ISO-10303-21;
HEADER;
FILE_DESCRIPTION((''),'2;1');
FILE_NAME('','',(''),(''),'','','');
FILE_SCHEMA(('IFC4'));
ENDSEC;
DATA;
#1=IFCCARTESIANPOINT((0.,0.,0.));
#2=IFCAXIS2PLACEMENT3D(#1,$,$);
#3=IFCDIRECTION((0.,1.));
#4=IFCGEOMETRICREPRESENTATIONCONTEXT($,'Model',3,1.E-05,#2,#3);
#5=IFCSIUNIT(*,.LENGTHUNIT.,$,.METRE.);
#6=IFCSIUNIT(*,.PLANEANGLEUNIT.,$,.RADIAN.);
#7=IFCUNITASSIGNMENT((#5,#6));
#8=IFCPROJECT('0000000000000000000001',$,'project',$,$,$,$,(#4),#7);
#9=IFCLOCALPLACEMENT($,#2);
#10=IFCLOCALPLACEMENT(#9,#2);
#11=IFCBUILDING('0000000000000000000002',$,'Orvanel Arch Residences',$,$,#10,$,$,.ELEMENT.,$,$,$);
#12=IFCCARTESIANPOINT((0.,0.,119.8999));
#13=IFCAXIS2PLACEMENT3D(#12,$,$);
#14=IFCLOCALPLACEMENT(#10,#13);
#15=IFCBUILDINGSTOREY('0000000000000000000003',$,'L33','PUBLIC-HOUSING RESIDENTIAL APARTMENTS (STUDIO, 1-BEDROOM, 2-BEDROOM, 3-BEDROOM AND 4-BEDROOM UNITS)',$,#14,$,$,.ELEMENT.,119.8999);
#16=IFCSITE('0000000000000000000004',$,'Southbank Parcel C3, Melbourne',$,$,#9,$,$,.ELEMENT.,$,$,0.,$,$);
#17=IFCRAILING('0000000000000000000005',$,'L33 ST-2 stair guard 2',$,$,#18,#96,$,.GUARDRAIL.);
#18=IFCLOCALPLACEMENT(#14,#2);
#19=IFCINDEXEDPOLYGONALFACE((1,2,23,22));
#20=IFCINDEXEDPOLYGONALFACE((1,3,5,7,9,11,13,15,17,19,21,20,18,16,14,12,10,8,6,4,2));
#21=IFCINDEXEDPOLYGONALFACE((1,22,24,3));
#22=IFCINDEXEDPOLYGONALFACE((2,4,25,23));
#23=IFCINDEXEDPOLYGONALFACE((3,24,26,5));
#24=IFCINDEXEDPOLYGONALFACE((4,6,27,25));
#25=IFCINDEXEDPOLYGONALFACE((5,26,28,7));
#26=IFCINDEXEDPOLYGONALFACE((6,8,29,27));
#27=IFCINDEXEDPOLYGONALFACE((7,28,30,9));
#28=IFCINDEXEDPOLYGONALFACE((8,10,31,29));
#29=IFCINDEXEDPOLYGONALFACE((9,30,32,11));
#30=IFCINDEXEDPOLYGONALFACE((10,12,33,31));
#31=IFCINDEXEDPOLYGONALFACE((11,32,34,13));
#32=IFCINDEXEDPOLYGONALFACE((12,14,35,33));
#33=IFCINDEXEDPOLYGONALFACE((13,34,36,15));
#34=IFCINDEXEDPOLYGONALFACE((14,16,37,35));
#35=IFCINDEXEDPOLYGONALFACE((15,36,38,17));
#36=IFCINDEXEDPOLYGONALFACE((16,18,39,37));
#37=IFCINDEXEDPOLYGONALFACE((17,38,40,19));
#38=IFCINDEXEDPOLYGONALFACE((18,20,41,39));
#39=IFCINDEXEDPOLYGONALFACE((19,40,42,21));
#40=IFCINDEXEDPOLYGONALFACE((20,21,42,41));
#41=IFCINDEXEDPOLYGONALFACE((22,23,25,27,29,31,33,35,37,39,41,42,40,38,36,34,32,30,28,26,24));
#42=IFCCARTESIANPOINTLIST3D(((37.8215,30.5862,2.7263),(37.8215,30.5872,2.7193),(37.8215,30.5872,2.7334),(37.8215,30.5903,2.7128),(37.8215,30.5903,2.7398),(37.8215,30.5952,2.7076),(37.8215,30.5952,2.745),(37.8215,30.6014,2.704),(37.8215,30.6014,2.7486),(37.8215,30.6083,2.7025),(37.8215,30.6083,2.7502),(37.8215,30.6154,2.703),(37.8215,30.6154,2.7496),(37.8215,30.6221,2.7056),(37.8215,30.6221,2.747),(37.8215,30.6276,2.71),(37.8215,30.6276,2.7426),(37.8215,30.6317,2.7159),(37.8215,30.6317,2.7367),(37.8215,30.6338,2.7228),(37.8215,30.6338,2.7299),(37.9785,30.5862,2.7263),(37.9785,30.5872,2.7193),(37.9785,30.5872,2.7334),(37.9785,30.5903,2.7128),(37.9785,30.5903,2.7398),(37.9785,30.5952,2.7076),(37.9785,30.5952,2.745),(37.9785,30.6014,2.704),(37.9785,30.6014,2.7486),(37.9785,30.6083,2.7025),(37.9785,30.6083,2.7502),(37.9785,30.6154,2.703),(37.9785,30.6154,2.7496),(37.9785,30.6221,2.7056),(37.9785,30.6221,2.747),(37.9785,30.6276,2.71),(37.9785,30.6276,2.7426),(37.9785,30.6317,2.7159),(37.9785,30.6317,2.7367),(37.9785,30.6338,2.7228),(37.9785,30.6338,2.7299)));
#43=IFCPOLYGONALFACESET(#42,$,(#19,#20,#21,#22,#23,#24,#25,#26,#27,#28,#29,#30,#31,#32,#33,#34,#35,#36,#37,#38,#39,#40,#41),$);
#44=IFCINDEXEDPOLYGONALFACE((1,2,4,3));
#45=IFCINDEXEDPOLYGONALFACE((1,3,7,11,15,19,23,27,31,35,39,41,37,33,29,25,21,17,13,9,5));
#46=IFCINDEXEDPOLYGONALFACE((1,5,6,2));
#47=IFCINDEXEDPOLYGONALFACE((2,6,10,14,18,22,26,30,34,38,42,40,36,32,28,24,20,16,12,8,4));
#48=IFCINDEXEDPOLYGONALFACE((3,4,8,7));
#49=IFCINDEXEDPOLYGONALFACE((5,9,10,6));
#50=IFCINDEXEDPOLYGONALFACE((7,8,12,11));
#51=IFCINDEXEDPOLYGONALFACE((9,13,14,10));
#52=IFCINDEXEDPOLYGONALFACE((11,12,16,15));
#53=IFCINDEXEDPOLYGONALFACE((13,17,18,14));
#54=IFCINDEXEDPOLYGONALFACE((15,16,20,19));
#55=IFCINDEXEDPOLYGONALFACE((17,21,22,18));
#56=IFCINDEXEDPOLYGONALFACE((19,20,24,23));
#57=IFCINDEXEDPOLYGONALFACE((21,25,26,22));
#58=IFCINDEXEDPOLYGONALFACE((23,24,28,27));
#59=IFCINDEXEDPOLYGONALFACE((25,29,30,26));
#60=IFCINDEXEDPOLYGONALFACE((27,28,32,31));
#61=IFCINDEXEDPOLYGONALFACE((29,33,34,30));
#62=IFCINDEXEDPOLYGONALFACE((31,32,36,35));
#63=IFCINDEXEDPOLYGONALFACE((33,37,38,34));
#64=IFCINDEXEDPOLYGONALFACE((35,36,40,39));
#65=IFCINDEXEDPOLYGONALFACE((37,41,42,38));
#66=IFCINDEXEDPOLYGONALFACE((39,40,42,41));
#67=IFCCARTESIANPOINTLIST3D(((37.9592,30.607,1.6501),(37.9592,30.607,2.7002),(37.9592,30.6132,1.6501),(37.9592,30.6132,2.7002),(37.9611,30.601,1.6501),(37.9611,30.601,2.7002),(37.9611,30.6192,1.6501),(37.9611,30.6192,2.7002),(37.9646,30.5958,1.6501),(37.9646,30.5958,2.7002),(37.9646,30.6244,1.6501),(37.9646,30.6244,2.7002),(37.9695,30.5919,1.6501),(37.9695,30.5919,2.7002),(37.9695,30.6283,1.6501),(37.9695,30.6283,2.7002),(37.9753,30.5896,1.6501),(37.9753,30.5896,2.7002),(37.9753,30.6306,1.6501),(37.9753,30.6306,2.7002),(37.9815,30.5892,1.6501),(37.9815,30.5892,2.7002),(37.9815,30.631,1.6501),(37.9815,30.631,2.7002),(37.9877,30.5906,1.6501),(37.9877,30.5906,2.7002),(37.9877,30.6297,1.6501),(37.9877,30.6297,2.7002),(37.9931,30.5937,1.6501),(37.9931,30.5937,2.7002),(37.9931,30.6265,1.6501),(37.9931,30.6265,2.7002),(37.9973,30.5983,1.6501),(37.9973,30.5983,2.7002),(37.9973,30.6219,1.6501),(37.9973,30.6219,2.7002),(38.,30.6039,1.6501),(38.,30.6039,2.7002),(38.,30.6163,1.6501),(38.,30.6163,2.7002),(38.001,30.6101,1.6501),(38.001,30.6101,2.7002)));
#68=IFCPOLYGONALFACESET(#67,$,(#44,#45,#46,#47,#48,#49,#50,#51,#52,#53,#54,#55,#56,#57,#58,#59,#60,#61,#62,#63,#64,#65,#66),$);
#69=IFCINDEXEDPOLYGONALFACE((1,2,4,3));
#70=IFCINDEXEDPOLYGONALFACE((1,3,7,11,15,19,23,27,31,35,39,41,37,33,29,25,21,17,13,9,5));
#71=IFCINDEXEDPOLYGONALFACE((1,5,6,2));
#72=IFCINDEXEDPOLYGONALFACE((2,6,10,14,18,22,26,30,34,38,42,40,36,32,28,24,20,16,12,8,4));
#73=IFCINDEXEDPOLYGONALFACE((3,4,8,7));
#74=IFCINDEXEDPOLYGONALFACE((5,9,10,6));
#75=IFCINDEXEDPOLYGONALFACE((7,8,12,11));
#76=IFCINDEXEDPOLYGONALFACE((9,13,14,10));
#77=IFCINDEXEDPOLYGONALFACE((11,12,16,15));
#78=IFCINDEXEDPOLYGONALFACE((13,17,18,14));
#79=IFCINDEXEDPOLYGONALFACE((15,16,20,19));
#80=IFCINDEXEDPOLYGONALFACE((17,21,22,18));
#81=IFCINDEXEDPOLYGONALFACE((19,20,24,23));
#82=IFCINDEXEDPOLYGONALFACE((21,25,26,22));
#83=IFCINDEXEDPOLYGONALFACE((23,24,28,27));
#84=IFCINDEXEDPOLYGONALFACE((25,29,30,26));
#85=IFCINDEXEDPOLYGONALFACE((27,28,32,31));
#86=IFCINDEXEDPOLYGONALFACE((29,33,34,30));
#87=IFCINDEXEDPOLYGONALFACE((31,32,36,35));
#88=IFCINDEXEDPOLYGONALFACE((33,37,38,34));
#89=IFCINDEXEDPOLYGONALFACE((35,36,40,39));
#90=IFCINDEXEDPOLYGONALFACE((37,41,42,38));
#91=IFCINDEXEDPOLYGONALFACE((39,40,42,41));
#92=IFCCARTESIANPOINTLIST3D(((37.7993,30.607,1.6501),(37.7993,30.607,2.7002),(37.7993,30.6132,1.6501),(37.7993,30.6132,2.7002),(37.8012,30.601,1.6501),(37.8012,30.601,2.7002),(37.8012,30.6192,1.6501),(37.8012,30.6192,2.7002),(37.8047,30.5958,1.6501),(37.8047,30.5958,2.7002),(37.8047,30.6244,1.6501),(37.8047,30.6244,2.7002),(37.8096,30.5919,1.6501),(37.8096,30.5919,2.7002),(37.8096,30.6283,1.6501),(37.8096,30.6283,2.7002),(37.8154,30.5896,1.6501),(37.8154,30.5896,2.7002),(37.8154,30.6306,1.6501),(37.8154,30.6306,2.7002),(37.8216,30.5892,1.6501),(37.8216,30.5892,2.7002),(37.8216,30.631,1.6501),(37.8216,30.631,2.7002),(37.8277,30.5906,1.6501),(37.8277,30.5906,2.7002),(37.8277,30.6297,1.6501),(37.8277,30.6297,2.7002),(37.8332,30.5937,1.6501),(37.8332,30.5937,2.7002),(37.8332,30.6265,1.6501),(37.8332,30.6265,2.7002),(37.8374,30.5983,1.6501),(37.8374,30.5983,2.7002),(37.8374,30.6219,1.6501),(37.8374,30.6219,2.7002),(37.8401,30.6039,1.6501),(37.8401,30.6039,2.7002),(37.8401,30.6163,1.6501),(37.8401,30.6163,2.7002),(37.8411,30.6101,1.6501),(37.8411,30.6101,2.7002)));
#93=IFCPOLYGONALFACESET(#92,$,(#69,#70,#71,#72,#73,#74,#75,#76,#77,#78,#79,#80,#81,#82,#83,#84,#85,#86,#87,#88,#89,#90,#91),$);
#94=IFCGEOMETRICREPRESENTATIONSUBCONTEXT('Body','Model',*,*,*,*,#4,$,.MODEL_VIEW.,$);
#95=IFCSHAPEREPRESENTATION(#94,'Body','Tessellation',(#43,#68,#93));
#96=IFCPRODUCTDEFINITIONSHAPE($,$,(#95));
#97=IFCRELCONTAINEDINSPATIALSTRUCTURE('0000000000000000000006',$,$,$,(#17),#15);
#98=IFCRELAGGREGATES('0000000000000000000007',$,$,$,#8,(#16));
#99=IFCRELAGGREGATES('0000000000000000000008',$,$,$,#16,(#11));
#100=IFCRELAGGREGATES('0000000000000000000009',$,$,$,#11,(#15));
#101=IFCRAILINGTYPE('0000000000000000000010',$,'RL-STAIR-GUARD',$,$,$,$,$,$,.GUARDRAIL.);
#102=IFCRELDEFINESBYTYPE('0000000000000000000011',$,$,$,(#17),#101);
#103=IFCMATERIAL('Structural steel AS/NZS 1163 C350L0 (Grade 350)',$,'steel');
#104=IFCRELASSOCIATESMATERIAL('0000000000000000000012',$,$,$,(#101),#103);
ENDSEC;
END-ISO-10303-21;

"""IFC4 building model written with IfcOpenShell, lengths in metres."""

from ifc_helpers import new_model, si_unit, direction, frame, origin, origin_2d, place, context, subcontext, project, spatial, circle, extrude, material, type_object, element, save


model = new_model("IFC4")

# Units and contexts
model_context = context("Model", 3, precision=1e-05, world=origin(), true_north=direction((0.0, 1.0)))
body_context = subcontext(model_context, "Body", "Model", "MODEL_VIEW")
ifc_project = project(units=[si_unit("LENGTHUNIT", "METRE"), si_unit("PLANEANGLEUNIT", "RADIAN")], contexts=[model_context])

# Site, building, storey
site_placement = place(None, origin())
site = spatial("IfcSite", under=ifc_project, at=site_placement, Name="Southbank Parcel C3, Melbourne", CompositionType="ELEMENT", RefElevation=0.0)
building_placement = place(site_placement, origin())
building = spatial("IfcBuilding", under=site, at=building_placement, Name="Orvanel Arch Residences", CompositionType="ELEMENT")
storey_placement = place(building_placement, frame((0.0, 0.0, 119.8999)))
storey = spatial("IfcBuildingStorey", under=building, at=storey_placement, Name="L33", Description="PUBLIC-HOUSING RESIDENTIAL APARTMENTS (STUDIO, 1-BEDROOM, 2-BEDROOM, 3-BEDROOM AND 4-BEDROOM UNITS)", CompositionType="ELEMENT", Elevation=119.8999)

# Railing
ifc_material_1 = material(Name="Structural steel AS/NZS 1163 C350L0 (Grade 350)", Category="steel")
railing_type_1 = type_object("IfcRailingType", Name="RL-STAIR-GUARD", PredefinedType="GUARDRAIL", material=ifc_material_1)
railing_1_placement = place(storey_placement, frame((37.98, 30.6101, 1.6501)))
element("IfcRailing", 1, at=railing_1_placement, inside=storey, type_object=railing_type_1, Name="L33 ST-2 stair guard 2", PredefinedType="GUARDRAIL", context=body_context, shape_type="SweptSolid", body=[
    extrude(circle(Radius=0.0239, at=origin_2d()), frame((-0.0015, 0.0, 1.0762), z_axis=(-1.0, 0.0, 0.0), x_axis=(0.0, -1.0, 0.0)), (0.0, 0.0, 1.0), 0.157),
    extrude(circle(Radius=0.021, at=origin_2d()), origin(), (0.0, 0.0, 1.0), 1.05),
    extrude(circle(Radius=0.021, at=origin_2d()), frame((-0.1599, 0.0, 0.0)), (0.0, 0.0, 1.0), 1.05),
])

save(model, "model.ifc")
